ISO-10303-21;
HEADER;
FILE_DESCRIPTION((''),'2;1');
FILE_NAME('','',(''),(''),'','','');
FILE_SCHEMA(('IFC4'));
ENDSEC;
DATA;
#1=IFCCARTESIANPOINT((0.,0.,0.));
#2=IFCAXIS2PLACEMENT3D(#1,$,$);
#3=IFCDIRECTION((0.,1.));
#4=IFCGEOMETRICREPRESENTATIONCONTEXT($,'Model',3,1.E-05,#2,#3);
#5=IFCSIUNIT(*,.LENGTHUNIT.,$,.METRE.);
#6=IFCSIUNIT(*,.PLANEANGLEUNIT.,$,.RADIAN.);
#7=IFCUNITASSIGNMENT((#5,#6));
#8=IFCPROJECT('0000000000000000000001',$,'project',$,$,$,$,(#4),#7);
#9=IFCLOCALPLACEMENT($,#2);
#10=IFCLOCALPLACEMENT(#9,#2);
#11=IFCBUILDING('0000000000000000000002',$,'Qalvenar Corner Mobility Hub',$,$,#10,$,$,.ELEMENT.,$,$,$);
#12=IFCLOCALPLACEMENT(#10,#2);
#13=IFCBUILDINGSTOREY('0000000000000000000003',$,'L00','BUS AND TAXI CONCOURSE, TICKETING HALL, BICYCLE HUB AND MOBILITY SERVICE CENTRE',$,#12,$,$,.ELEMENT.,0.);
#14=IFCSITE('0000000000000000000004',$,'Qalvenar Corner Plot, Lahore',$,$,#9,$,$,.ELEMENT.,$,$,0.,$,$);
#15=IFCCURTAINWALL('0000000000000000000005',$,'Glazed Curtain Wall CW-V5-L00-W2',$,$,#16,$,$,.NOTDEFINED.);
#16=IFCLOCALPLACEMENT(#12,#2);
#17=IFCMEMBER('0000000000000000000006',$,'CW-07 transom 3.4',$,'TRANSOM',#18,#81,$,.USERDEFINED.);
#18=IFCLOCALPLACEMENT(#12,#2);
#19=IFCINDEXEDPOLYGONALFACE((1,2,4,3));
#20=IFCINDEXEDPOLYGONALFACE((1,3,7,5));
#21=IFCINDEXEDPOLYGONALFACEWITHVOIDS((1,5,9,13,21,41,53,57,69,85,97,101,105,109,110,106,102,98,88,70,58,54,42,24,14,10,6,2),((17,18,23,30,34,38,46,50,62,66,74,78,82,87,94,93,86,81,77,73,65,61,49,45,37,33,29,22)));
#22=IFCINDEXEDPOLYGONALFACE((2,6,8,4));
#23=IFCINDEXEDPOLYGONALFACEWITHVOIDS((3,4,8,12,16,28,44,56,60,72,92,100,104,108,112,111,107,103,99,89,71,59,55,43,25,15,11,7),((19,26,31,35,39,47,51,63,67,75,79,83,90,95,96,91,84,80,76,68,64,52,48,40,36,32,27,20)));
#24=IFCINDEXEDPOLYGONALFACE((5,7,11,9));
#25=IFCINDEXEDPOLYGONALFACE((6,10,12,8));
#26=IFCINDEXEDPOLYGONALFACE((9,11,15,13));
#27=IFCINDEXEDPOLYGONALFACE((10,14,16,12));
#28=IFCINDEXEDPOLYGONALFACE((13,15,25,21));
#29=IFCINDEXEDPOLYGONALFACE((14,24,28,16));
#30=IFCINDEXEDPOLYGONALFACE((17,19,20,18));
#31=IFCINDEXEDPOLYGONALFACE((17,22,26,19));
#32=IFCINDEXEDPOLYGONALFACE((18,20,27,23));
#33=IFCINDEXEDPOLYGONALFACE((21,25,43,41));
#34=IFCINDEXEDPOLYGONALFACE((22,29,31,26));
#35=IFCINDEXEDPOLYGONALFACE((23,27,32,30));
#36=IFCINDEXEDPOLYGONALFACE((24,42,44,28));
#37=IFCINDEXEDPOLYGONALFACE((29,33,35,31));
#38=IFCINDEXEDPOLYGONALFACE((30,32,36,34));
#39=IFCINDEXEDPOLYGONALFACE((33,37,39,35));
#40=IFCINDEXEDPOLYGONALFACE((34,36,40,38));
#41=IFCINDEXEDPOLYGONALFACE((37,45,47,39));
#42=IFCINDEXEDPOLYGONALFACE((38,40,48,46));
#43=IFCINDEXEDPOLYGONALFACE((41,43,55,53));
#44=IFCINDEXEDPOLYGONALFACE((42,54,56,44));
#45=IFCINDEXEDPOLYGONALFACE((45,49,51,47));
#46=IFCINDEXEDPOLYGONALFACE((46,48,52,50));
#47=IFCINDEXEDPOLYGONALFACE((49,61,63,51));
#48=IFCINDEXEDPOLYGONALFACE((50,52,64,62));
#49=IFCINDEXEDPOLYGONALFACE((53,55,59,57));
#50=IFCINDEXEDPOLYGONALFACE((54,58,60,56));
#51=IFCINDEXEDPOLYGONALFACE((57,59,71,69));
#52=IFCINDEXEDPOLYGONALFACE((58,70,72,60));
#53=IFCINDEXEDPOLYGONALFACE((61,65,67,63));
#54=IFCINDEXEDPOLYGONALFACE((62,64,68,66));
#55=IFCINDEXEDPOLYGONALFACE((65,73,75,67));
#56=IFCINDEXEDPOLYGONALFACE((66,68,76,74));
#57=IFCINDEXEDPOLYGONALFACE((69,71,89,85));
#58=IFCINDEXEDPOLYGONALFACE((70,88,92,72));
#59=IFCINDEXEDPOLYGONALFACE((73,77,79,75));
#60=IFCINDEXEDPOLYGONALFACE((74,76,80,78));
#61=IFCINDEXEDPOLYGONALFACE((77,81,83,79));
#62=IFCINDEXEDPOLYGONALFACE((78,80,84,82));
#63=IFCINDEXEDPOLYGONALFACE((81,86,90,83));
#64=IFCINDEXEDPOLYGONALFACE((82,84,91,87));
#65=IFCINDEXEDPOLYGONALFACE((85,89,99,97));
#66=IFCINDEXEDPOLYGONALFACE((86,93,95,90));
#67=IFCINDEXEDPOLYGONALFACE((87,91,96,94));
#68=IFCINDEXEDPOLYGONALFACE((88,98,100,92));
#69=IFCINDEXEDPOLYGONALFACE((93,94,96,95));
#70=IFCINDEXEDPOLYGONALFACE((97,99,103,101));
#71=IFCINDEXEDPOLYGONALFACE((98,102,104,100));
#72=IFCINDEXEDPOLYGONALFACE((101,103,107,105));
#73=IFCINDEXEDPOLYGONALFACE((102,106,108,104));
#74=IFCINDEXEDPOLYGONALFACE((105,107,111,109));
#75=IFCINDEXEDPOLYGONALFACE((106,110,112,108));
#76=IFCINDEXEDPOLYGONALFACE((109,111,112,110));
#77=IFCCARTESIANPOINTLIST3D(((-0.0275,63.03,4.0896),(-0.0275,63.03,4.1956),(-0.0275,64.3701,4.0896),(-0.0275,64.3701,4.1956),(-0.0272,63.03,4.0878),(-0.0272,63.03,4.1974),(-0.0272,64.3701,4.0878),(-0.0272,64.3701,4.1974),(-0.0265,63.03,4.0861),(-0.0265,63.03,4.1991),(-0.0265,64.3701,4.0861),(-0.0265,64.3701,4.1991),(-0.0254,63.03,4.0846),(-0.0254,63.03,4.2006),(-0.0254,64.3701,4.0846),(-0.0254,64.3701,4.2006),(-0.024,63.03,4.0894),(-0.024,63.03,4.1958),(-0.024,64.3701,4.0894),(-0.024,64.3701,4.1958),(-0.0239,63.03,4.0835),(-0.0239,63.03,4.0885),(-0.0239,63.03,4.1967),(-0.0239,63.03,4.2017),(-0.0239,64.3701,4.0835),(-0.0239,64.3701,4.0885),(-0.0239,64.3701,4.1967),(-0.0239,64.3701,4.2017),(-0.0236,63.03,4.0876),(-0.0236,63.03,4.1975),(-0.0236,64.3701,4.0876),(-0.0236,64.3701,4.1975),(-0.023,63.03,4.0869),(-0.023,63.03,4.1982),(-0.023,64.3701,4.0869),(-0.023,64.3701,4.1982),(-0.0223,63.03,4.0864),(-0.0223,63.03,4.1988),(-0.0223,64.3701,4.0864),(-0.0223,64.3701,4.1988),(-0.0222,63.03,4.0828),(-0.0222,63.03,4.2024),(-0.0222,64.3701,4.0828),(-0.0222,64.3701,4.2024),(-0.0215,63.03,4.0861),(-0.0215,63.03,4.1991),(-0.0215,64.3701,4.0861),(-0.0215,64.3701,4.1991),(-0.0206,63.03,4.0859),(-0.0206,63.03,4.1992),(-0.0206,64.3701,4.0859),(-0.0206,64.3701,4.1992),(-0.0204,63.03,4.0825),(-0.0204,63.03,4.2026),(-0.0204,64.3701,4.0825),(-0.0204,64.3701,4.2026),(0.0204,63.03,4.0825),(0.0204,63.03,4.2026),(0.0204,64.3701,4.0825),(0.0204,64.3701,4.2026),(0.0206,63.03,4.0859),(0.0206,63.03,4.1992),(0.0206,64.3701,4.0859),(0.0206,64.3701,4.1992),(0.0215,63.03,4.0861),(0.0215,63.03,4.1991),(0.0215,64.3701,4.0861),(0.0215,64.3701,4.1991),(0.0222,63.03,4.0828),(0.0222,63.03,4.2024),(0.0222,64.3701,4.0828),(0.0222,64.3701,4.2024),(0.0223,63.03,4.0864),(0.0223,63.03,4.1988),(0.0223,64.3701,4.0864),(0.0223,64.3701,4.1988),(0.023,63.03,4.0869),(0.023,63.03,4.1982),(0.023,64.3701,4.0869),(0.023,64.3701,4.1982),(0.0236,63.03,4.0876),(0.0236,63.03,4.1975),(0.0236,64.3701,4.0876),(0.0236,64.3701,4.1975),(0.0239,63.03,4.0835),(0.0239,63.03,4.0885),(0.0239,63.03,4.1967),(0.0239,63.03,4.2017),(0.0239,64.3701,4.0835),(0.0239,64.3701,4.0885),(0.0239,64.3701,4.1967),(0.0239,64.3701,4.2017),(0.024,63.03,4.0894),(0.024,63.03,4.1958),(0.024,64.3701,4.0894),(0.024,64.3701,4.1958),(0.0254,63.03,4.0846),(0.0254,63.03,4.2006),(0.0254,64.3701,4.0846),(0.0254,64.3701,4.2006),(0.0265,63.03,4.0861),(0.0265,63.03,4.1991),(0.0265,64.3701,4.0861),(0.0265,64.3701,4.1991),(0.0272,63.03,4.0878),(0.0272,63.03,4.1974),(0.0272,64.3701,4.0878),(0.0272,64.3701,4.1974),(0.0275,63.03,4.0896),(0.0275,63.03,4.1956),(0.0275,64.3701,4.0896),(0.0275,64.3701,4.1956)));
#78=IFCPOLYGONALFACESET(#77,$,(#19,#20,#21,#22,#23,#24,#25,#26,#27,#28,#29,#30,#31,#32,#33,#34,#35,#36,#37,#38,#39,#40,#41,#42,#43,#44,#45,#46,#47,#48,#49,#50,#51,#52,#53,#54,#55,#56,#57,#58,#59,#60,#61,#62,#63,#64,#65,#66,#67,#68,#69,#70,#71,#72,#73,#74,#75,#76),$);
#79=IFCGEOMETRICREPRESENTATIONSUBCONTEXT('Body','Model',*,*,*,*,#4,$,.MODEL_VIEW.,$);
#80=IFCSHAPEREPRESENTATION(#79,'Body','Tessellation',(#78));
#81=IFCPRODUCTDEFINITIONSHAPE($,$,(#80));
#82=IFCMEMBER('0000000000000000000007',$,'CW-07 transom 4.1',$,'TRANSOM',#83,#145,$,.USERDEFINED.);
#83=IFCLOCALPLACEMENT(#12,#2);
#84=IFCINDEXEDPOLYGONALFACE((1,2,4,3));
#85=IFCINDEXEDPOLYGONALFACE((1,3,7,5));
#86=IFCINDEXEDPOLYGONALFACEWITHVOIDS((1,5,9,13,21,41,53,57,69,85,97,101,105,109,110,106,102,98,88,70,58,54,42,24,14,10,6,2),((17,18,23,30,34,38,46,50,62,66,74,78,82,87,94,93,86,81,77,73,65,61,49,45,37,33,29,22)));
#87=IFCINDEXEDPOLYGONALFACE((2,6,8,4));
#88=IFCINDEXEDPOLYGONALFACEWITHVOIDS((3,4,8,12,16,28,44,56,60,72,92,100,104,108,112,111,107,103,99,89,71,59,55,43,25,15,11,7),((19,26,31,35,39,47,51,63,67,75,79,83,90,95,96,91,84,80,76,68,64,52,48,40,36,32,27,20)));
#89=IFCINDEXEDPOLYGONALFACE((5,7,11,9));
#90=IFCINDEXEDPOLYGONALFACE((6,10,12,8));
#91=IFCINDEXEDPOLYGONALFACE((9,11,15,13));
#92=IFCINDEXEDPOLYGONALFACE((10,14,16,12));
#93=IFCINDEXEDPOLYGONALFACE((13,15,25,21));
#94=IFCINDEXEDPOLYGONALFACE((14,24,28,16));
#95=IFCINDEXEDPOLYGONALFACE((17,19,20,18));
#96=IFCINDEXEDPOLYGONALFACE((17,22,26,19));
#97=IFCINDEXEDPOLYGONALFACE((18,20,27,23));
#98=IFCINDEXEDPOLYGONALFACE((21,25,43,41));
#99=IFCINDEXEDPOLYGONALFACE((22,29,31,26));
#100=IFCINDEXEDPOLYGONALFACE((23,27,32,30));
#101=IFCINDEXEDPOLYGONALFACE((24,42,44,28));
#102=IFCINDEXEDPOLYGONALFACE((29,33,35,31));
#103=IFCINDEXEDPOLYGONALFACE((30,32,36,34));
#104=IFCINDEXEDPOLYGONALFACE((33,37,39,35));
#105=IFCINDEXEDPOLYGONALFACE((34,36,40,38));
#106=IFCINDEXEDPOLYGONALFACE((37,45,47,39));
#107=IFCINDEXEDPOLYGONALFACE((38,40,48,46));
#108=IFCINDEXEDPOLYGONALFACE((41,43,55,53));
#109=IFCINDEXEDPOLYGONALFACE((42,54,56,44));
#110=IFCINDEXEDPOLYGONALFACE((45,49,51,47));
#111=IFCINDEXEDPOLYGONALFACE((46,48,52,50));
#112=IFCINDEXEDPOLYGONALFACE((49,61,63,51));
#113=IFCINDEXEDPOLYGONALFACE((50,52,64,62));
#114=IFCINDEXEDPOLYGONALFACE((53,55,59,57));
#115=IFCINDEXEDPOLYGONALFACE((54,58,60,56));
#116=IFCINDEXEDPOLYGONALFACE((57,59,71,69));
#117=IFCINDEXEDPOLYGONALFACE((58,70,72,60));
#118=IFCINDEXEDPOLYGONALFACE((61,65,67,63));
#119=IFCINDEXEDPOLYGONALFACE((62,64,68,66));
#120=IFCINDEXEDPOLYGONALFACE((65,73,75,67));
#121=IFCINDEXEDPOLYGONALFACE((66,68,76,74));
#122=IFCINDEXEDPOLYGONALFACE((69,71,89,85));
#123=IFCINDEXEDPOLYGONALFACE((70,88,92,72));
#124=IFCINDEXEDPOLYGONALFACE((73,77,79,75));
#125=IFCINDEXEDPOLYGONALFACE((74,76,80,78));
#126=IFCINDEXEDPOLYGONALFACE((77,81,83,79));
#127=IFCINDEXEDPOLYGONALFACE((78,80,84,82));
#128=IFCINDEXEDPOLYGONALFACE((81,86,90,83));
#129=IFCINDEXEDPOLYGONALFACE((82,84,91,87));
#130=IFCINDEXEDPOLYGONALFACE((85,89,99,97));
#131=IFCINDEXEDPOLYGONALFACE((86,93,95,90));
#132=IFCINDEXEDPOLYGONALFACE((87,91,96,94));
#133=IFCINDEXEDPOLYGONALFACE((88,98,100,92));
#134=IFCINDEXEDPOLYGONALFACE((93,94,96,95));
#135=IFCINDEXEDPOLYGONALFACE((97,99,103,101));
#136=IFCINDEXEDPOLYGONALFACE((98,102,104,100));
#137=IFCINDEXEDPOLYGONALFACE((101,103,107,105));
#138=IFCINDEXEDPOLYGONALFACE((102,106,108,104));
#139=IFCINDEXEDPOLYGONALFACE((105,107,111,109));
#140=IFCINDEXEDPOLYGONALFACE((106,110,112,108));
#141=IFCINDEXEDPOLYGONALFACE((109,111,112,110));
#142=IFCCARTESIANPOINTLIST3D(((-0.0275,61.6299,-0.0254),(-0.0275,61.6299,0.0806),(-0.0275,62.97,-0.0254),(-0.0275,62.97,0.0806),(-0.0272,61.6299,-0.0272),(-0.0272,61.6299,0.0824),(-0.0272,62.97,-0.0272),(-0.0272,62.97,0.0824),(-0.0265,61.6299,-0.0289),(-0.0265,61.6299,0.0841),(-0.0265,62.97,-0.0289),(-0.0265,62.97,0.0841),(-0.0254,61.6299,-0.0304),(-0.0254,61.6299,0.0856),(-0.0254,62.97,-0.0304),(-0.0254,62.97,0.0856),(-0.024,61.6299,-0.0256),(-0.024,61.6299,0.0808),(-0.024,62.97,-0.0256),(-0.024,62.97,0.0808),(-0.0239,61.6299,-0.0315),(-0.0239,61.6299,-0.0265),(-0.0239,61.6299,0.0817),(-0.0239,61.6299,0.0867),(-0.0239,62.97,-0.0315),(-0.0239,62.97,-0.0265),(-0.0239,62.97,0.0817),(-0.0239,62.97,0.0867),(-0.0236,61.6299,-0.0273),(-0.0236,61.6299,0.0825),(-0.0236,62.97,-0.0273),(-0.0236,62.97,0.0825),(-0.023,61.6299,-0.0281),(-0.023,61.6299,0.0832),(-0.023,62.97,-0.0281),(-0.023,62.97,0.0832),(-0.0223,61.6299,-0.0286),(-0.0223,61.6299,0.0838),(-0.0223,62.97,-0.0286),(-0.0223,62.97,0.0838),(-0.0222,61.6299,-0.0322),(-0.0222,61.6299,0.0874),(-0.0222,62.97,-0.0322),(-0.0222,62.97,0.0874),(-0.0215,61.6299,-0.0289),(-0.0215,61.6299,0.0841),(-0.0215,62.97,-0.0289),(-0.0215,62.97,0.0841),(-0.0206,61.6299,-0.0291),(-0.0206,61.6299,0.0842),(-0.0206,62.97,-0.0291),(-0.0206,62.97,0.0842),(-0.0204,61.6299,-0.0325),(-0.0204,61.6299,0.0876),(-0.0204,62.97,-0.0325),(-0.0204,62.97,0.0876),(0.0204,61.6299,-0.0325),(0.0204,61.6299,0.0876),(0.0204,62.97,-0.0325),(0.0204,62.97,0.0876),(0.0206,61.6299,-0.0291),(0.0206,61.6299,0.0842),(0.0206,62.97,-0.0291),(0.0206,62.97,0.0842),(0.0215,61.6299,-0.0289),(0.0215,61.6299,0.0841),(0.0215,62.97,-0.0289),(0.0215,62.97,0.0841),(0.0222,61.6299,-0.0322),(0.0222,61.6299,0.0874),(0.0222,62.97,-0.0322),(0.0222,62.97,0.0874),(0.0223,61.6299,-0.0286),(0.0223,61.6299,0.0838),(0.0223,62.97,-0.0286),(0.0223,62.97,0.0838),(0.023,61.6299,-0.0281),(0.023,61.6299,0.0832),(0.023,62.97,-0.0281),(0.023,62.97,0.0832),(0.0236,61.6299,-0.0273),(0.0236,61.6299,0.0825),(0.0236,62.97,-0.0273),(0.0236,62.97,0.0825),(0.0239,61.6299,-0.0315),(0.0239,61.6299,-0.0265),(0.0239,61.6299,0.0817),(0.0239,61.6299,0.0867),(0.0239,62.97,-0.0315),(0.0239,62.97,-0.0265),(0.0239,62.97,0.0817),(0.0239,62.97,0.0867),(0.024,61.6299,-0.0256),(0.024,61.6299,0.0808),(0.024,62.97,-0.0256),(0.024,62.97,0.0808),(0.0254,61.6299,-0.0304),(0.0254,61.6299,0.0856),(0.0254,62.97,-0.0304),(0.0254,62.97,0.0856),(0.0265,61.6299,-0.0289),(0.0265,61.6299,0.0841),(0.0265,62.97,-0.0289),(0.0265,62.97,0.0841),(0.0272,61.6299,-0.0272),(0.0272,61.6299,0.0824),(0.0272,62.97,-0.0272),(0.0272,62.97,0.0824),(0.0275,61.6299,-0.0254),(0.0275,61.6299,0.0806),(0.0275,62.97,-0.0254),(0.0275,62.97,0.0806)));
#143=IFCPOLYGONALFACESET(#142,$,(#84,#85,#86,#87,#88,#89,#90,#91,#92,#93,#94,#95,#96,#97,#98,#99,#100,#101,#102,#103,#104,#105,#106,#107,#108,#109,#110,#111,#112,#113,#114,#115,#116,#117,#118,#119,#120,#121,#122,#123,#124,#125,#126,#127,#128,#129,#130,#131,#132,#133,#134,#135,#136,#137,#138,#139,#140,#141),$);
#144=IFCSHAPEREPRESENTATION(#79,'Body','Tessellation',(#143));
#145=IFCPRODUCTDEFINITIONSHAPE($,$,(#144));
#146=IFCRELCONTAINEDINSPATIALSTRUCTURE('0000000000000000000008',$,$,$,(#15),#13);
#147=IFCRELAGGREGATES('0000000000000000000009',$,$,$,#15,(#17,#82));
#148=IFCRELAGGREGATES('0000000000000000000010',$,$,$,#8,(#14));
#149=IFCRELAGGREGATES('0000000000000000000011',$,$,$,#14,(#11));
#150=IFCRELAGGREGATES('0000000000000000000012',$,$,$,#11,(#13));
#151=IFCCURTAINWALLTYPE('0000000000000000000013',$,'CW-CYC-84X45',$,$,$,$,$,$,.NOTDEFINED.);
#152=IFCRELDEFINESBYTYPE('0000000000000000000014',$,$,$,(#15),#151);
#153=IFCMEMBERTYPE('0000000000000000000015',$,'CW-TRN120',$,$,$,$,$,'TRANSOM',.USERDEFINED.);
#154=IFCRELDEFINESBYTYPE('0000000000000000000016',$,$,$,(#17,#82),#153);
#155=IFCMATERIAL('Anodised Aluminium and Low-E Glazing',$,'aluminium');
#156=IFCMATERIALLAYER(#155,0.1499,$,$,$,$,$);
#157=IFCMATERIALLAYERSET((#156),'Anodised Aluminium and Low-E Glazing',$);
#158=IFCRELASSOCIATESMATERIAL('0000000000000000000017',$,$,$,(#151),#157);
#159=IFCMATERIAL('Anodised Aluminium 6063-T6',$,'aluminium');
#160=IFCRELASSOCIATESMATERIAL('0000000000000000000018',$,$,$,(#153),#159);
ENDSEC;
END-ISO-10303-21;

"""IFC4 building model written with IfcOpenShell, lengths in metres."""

from ifc_helpers import new_model, si_unit, direction, frame, origin, origin_2d, place, context, subcontext, project, spatial, hollow_rectangle, extrude, material, layer, layer_set, material_profile, profile_set, type_object, element, aggregate, save


model = new_model("IFC4")

# Units and contexts
model_context = context("Model", 3, precision=1e-05, world=origin(), true_north=direction((0.0, 1.0)))
body_context = subcontext(model_context, "Body", "Model", "MODEL_VIEW")
ifc_project = project(units=[si_unit("LENGTHUNIT", "METRE"), si_unit("PLANEANGLEUNIT", "RADIAN")], contexts=[model_context])

# Site, building, storey
site_placement = place(None, origin())
site = spatial("IfcSite", under=ifc_project, at=site_placement, Name="Qalvenar Corner Plot, Lahore", CompositionType="ELEMENT", RefElevation=0.0)
building_placement = place(site_placement, origin())
building = spatial("IfcBuilding", under=site, at=building_placement, Name="Qalvenar Corner Mobility Hub", CompositionType="ELEMENT")
storey_placement = place(building_placement, origin())
storey = spatial("IfcBuildingStorey", under=building, at=storey_placement, Name="L00", Description="BUS AND TAXI CONCOURSE, TICKETING HALL, BICYCLE HUB AND MOBILITY SERVICE CENTRE", CompositionType="ELEMENT", Elevation=0.0)

# Curtain wall, members
ifc_material_1 = material(Name="Anodised Aluminium and Low-E Glazing", Category="aluminium")
ifc_layer_1 = layer(ifc_material_1, 0.1499)
ifc_layer_set_1 = layer_set([ifc_layer_1], Name="Anodised Aluminium and Low-E Glazing")
curtain_wall_type = type_object("IfcCurtainWallType", Name="CW-CYC-84X45", PredefinedType="NOTDEFINED", material=ifc_layer_set_1)
curtain_wall_placement = place(storey_placement, origin())
curtain_wall = element("IfcCurtainWall", 1, at=curtain_wall_placement, inside=storey, type_object=curtain_wall_type, Name="Glazed Curtain Wall CW-V5-L00-W2", PredefinedType="NOTDEFINED")
ifc_material_2 = material(Name="Anodised Aluminium 6063-T6", Category="aluminium")
ifc_material_profile_1 = material_profile(ifc_material_2, hollow_rectangle(XDim=0.0549, YDim=0.1201, WallThickness=0.0034, InnerFilletRadius=0.0034, OuterFilletRadius=0.0071, at=origin_2d()), Name="RHS120x55x3.5")
ifc_profile_set_1 = profile_set([ifc_material_profile_1], Name="Anodised Aluminium 6063-T6")
member_type_1 = type_object("IfcMemberType", Name="CW-TRN120", ElementType="TRANSOM", PredefinedType="USERDEFINED", material=ifc_profile_set_1)
member_1_placement = place(storey_placement, frame((0.0, 64.3701, 4.1426), z_axis=(0.0, -1.0, 0.0), x_axis=(1.0, 0.0, 0.0)))
member_1 = element("IfcMember", 2, at=member_1_placement, type_object=member_type_1, Name="CW-07 transom 3.4", ObjectType="TRANSOM", PredefinedType="USERDEFINED", context=body_context, shape_type="SweptSolid", body=[
    extrude(hollow_rectangle(XDim=0.0549, YDim=0.1201, WallThickness=0.0034, InnerFilletRadius=0.0034, OuterFilletRadius=0.0071, at=origin_2d()), origin(), (0.0, 0.0, 1.0), 1.3401),
])
member_2_placement = place(storey_placement, frame((0.0, 62.97, 0.0276), z_axis=(0.0, -1.0, 0.0), x_axis=(1.0, 0.0, 0.0)))
member_2 = element("IfcMember", 3, at=member_2_placement, type_object=member_type_1, Name="CW-07 transom 4.1", ObjectType="TRANSOM", PredefinedType="USERDEFINED", context=body_context, shape_type="SweptSolid", body=[
    extrude(hollow_rectangle(XDim=0.0549, YDim=0.1201, WallThickness=0.0034, InnerFilletRadius=0.0034, OuterFilletRadius=0.0071, at=origin_2d()), origin(), (0.0, 0.0, 1.0), 1.3401),
])
aggregate(curtain_wall, [member_1, member_2])

save(model, "model.ifc")
